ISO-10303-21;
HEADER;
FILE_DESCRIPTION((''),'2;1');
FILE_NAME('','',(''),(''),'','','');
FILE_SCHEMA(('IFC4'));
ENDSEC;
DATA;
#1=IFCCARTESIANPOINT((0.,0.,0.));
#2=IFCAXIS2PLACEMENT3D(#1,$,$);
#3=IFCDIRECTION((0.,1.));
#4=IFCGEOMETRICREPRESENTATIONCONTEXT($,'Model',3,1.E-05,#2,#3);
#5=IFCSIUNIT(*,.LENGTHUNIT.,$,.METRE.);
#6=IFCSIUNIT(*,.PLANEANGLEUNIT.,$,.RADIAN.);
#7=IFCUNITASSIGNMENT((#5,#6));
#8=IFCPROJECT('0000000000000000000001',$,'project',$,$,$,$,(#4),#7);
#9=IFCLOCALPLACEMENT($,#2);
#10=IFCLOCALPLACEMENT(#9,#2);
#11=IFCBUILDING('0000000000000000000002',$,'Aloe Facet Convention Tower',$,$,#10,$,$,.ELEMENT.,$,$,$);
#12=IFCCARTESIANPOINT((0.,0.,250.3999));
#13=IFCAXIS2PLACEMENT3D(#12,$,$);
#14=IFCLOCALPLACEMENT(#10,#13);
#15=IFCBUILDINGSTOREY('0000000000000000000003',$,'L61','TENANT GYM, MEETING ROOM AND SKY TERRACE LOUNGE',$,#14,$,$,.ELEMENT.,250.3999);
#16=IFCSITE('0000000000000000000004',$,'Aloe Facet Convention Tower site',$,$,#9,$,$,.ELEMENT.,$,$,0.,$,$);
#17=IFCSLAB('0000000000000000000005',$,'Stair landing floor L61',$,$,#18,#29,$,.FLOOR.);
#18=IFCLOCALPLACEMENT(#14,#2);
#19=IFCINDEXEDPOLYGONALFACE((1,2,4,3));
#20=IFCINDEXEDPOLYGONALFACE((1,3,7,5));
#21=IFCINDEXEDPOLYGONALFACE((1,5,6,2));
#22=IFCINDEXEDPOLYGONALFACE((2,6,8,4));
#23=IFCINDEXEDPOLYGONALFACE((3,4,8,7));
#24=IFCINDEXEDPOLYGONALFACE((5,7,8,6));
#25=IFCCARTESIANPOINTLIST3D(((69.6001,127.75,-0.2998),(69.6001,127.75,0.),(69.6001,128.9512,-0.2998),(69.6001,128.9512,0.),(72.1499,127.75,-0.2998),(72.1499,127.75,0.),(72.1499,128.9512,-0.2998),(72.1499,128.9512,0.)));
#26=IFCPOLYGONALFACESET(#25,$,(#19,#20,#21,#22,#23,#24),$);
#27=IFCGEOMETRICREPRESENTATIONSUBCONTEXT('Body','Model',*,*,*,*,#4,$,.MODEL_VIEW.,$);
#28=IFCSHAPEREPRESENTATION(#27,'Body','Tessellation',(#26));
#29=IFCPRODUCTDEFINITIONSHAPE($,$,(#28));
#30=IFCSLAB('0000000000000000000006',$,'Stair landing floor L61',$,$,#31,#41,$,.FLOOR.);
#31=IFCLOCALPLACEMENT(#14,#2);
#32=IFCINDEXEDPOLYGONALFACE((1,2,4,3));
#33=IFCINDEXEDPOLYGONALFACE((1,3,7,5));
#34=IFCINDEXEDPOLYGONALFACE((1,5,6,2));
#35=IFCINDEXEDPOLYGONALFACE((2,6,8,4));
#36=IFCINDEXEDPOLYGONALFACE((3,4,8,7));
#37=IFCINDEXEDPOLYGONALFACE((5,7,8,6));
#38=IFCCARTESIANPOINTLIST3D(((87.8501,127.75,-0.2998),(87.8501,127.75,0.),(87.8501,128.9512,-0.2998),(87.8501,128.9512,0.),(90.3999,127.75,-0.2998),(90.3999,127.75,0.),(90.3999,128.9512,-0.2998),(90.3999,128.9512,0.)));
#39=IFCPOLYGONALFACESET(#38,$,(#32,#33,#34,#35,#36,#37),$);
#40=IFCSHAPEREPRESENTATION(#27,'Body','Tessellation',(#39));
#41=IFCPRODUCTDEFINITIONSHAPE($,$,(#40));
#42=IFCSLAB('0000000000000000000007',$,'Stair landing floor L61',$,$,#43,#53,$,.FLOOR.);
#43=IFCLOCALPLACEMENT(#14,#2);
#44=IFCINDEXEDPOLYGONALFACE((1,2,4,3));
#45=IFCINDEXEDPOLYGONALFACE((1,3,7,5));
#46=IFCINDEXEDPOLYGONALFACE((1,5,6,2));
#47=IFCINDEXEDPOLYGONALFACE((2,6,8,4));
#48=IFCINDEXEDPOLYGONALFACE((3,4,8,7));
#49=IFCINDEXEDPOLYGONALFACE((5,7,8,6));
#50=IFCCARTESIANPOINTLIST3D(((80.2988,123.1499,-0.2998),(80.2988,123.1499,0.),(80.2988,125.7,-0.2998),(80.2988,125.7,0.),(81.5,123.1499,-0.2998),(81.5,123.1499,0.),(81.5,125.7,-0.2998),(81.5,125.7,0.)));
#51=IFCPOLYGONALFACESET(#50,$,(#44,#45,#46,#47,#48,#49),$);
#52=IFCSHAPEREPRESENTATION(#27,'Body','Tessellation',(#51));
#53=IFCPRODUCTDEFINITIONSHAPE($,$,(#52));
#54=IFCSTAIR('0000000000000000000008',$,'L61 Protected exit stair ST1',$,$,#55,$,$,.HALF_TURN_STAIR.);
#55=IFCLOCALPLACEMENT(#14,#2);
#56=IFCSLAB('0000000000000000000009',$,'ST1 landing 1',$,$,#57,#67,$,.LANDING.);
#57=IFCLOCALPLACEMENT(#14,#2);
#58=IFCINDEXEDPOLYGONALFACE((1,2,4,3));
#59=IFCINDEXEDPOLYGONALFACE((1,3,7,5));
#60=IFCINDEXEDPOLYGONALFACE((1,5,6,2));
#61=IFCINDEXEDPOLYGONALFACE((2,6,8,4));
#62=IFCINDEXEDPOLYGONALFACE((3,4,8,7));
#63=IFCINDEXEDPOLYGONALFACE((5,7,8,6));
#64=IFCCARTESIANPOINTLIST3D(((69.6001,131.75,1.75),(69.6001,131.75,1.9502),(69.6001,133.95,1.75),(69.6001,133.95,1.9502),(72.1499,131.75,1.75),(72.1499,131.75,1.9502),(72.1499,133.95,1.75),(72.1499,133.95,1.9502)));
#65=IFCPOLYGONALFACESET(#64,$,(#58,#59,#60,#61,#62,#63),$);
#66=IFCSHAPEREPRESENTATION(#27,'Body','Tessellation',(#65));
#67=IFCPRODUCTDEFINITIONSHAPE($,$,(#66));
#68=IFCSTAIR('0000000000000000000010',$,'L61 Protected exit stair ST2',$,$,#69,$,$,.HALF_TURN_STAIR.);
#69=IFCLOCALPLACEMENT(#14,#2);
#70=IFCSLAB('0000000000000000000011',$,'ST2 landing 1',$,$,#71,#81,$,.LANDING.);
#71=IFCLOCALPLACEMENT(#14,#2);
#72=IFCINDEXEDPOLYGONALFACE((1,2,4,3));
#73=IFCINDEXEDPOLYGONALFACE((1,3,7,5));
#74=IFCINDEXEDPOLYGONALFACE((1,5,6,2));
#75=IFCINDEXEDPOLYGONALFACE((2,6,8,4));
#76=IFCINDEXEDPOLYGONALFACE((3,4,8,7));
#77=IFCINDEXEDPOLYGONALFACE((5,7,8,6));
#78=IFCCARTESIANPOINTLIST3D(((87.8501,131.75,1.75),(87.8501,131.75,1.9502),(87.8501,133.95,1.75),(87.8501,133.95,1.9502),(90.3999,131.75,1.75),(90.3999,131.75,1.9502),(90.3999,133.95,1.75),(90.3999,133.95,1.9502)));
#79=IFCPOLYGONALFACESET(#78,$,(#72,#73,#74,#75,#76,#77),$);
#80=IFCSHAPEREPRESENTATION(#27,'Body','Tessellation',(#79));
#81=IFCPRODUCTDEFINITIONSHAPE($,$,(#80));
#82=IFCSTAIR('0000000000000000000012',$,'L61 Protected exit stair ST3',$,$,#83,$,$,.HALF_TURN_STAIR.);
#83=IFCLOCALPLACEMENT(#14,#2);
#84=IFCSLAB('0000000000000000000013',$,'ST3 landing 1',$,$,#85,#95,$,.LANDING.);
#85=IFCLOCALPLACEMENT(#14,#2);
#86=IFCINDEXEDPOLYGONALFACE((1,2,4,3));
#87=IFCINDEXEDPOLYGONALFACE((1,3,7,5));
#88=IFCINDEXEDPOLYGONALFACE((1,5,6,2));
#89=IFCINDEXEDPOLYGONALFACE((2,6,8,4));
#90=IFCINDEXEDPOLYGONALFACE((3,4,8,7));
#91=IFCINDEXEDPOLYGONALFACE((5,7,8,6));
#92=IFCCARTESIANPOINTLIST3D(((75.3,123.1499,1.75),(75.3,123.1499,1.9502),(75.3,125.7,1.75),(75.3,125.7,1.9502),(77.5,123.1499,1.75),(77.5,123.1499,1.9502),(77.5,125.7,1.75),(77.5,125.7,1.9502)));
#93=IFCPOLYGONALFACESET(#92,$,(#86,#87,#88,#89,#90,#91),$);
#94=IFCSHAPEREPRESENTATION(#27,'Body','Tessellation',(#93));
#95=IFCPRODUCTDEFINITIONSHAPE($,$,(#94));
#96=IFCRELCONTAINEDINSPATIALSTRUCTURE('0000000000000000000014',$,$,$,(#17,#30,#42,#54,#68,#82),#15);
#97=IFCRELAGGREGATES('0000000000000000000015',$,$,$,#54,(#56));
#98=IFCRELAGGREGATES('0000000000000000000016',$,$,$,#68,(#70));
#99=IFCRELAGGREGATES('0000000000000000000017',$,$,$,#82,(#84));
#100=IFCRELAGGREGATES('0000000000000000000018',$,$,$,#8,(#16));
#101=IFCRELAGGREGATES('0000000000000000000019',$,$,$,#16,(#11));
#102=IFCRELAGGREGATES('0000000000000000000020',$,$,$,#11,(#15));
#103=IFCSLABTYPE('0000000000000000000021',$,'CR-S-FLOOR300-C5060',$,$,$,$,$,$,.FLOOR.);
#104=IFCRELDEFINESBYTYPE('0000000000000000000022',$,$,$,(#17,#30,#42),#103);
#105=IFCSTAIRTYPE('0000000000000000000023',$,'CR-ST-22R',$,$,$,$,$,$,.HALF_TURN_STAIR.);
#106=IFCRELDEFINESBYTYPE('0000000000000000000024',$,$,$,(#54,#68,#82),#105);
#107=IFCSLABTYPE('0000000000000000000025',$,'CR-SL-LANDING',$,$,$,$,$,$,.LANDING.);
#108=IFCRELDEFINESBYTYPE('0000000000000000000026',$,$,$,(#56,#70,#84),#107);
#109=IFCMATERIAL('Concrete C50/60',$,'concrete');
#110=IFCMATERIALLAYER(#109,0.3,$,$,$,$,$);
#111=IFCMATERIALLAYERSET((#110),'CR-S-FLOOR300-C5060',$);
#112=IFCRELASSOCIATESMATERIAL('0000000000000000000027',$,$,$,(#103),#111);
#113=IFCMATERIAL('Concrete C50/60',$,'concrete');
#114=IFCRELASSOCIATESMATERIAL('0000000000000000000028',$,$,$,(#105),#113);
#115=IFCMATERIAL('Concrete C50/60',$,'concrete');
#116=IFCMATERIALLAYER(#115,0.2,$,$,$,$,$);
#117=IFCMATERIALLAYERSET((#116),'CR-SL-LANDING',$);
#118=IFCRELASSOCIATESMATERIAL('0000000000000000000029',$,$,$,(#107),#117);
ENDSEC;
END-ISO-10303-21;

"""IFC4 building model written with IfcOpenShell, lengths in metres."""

from ifc_helpers import new_model, si_unit, direction, frame, origin, place, context, subcontext, project, spatial, polyline, outline, extrude, material, layer, layer_set, type_object, element, aggregate, save


model = new_model("IFC4")

# Units and contexts
model_context = context("Model", 3, precision=1e-05, world=origin(), true_north=direction((0.0, 1.0)))
body_context = subcontext(model_context, "Body", "Model", "MODEL_VIEW")
ifc_project = project(units=[si_unit("LENGTHUNIT", "METRE"), si_unit("PLANEANGLEUNIT", "RADIAN")], contexts=[model_context])

# Site, building, storey
site_placement = place(None, origin())
site = spatial("IfcSite", under=ifc_project, at=site_placement, Name="Aloe Facet Convention Tower site", CompositionType="ELEMENT", RefElevation=0.0)
building_placement = place(site_placement, origin())
building = spatial("IfcBuilding", under=site, at=building_placement, Name="Aloe Facet Convention Tower", CompositionType="ELEMENT")
storey_placement = place(building_placement, frame((0.0, 0.0, 250.3999)))
storey = spatial("IfcBuildingStorey", under=building, at=storey_placement, Name="L61", Description="TENANT GYM, MEETING ROOM AND SKY TERRACE LOUNGE", CompositionType="ELEMENT", Elevation=250.3999)

# Slabs
ifc_material_1 = material(Name="Concrete C50/60", Category="concrete")
ifc_layer_1 = layer(ifc_material_1, 0.3)
ifc_layer_set_1 = layer_set([ifc_layer_1], Name="CR-S-FLOOR300-C5060")
slab_type_1 = type_object("IfcSlabType", Name="CR-S-FLOOR300-C5060", PredefinedType="FLOOR", material=ifc_layer_set_1)
slab_1_placement = place(storey_placement, frame((0.0, 0.0, -0.2998)))
element("IfcSlab", 1, at=slab_1_placement, inside=storey, type_object=slab_type_1, Name="Stair landing floor L61", PredefinedType="FLOOR", context=body_context, shape_type="SweptSolid", body=[
    extrude(outline(polyline([(72.1499, 127.75), (72.1499, 128.9512), (69.6001, 128.9512), (69.6001, 127.75), (72.1499, 127.75)])), origin(), (0.0, 0.0, 1.0), 0.2998),
])
slab_2_placement = place(storey_placement, frame((0.0, 0.0, -0.2998)))
element("IfcSlab", 2, at=slab_2_placement, inside=storey, type_object=slab_type_1, Name="Stair landing floor L61", PredefinedType="FLOOR", context=body_context, shape_type="SweptSolid", body=[
    extrude(outline(polyline([(90.3999, 127.75), (90.3999, 128.9512), (87.8501, 128.9512), (87.8501, 127.75), (90.3999, 127.75)])), origin(), (0.0, 0.0, 1.0), 0.2998),
])
slab_3_placement = place(storey_placement, frame((0.0, 0.0, -0.2998)))
element("IfcSlab", 3, at=slab_3_placement, inside=storey, type_object=slab_type_1, Name="Stair landing floor L61", PredefinedType="FLOOR", context=body_context, shape_type="SweptSolid", body=[
    extrude(outline(polyline([(81.5, 125.7), (80.2988, 125.7), (80.2988, 123.1499), (81.5, 123.1499), (81.5, 125.7)])), origin(), (0.0, 0.0, 1.0), 0.2998),
])

# Stairs, slabs
ifc_material_2 = material(Name="Concrete C50/60", Category="concrete")
stair_type = type_object("IfcStairType", Name="CR-ST-22R", PredefinedType="HALF_TURN_STAIR", material=ifc_material_2)
stair_1_placement = place(storey_placement, origin())
stair_1 = element("IfcStair", 4, at=stair_1_placement, inside=storey, type_object=stair_type, Name="L61 Protected exit stair ST1", PredefinedType="HALF_TURN_STAIR")
ifc_material_3 = material(Name="Concrete C50/60", Category="concrete")
ifc_layer_2 = layer(ifc_material_3, 0.2)
ifc_layer_set_2 = layer_set([ifc_layer_2], Name="CR-SL-LANDING")
slab_type_2 = type_object("IfcSlabType", Name="CR-SL-LANDING", PredefinedType="LANDING", material=ifc_layer_set_2)
slab_4_placement = place(storey_placement, frame((0.0, 0.0, 1.75)))
slab_4 = element("IfcSlab", 5, at=slab_4_placement, type_object=slab_type_2, Name="ST1 landing 1", PredefinedType="LANDING", context=body_context, shape_type="SweptSolid", body=[
    extrude(outline(polyline([(72.1499, 131.75), (72.1499, 133.95), (69.6001, 133.95), (69.6001, 131.75), (72.1499, 131.75)])), origin(), (0.0, 0.0, 1.0), 0.2002),
])
aggregate(stair_1, [slab_4])
stair_2_placement = place(storey_placement, origin())
stair_2 = element("IfcStair", 6, at=stair_2_placement, inside=storey, type_object=stair_type, Name="L61 Protected exit stair ST2", PredefinedType="HALF_TURN_STAIR")
slab_5_placement = place(storey_placement, frame((0.0, 0.0, 1.75)))
slab_5 = element("IfcSlab", 7, at=slab_5_placement, type_object=slab_type_2, Name="ST2 landing 1", PredefinedType="LANDING", context=body_context, shape_type="SweptSolid", body=[
    extrude(outline(polyline([(90.3999, 131.75), (90.3999, 133.95), (87.8501, 133.95), (87.8501, 131.75), (90.3999, 131.75)])), origin(), (0.0, 0.0, 1.0), 0.2002),
])
aggregate(stair_2, [slab_5])
stair_3_placement = place(storey_placement, origin())
stair_3 = element("IfcStair", 8, at=stair_3_placement, inside=storey, type_object=stair_type, Name="L61 Protected exit stair ST3", PredefinedType="HALF_TURN_STAIR")
slab_6_placement = place(storey_placement, frame((0.0, 0.0, 1.75)))
slab_6 = element("IfcSlab", 9, at=slab_6_placement, type_object=slab_type_2, Name="ST3 landing 1", PredefinedType="LANDING", context=body_context, shape_type="SweptSolid", body=[
    extrude(outline(polyline([(77.5, 125.7), (75.3, 125.7), (75.3, 123.1499), (77.5, 123.1499), (77.5, 125.7)])), origin(), (0.0, 0.0, 1.0), 0.2002),
])
aggregate(stair_3, [slab_6])

save(model, "model.ifc")
